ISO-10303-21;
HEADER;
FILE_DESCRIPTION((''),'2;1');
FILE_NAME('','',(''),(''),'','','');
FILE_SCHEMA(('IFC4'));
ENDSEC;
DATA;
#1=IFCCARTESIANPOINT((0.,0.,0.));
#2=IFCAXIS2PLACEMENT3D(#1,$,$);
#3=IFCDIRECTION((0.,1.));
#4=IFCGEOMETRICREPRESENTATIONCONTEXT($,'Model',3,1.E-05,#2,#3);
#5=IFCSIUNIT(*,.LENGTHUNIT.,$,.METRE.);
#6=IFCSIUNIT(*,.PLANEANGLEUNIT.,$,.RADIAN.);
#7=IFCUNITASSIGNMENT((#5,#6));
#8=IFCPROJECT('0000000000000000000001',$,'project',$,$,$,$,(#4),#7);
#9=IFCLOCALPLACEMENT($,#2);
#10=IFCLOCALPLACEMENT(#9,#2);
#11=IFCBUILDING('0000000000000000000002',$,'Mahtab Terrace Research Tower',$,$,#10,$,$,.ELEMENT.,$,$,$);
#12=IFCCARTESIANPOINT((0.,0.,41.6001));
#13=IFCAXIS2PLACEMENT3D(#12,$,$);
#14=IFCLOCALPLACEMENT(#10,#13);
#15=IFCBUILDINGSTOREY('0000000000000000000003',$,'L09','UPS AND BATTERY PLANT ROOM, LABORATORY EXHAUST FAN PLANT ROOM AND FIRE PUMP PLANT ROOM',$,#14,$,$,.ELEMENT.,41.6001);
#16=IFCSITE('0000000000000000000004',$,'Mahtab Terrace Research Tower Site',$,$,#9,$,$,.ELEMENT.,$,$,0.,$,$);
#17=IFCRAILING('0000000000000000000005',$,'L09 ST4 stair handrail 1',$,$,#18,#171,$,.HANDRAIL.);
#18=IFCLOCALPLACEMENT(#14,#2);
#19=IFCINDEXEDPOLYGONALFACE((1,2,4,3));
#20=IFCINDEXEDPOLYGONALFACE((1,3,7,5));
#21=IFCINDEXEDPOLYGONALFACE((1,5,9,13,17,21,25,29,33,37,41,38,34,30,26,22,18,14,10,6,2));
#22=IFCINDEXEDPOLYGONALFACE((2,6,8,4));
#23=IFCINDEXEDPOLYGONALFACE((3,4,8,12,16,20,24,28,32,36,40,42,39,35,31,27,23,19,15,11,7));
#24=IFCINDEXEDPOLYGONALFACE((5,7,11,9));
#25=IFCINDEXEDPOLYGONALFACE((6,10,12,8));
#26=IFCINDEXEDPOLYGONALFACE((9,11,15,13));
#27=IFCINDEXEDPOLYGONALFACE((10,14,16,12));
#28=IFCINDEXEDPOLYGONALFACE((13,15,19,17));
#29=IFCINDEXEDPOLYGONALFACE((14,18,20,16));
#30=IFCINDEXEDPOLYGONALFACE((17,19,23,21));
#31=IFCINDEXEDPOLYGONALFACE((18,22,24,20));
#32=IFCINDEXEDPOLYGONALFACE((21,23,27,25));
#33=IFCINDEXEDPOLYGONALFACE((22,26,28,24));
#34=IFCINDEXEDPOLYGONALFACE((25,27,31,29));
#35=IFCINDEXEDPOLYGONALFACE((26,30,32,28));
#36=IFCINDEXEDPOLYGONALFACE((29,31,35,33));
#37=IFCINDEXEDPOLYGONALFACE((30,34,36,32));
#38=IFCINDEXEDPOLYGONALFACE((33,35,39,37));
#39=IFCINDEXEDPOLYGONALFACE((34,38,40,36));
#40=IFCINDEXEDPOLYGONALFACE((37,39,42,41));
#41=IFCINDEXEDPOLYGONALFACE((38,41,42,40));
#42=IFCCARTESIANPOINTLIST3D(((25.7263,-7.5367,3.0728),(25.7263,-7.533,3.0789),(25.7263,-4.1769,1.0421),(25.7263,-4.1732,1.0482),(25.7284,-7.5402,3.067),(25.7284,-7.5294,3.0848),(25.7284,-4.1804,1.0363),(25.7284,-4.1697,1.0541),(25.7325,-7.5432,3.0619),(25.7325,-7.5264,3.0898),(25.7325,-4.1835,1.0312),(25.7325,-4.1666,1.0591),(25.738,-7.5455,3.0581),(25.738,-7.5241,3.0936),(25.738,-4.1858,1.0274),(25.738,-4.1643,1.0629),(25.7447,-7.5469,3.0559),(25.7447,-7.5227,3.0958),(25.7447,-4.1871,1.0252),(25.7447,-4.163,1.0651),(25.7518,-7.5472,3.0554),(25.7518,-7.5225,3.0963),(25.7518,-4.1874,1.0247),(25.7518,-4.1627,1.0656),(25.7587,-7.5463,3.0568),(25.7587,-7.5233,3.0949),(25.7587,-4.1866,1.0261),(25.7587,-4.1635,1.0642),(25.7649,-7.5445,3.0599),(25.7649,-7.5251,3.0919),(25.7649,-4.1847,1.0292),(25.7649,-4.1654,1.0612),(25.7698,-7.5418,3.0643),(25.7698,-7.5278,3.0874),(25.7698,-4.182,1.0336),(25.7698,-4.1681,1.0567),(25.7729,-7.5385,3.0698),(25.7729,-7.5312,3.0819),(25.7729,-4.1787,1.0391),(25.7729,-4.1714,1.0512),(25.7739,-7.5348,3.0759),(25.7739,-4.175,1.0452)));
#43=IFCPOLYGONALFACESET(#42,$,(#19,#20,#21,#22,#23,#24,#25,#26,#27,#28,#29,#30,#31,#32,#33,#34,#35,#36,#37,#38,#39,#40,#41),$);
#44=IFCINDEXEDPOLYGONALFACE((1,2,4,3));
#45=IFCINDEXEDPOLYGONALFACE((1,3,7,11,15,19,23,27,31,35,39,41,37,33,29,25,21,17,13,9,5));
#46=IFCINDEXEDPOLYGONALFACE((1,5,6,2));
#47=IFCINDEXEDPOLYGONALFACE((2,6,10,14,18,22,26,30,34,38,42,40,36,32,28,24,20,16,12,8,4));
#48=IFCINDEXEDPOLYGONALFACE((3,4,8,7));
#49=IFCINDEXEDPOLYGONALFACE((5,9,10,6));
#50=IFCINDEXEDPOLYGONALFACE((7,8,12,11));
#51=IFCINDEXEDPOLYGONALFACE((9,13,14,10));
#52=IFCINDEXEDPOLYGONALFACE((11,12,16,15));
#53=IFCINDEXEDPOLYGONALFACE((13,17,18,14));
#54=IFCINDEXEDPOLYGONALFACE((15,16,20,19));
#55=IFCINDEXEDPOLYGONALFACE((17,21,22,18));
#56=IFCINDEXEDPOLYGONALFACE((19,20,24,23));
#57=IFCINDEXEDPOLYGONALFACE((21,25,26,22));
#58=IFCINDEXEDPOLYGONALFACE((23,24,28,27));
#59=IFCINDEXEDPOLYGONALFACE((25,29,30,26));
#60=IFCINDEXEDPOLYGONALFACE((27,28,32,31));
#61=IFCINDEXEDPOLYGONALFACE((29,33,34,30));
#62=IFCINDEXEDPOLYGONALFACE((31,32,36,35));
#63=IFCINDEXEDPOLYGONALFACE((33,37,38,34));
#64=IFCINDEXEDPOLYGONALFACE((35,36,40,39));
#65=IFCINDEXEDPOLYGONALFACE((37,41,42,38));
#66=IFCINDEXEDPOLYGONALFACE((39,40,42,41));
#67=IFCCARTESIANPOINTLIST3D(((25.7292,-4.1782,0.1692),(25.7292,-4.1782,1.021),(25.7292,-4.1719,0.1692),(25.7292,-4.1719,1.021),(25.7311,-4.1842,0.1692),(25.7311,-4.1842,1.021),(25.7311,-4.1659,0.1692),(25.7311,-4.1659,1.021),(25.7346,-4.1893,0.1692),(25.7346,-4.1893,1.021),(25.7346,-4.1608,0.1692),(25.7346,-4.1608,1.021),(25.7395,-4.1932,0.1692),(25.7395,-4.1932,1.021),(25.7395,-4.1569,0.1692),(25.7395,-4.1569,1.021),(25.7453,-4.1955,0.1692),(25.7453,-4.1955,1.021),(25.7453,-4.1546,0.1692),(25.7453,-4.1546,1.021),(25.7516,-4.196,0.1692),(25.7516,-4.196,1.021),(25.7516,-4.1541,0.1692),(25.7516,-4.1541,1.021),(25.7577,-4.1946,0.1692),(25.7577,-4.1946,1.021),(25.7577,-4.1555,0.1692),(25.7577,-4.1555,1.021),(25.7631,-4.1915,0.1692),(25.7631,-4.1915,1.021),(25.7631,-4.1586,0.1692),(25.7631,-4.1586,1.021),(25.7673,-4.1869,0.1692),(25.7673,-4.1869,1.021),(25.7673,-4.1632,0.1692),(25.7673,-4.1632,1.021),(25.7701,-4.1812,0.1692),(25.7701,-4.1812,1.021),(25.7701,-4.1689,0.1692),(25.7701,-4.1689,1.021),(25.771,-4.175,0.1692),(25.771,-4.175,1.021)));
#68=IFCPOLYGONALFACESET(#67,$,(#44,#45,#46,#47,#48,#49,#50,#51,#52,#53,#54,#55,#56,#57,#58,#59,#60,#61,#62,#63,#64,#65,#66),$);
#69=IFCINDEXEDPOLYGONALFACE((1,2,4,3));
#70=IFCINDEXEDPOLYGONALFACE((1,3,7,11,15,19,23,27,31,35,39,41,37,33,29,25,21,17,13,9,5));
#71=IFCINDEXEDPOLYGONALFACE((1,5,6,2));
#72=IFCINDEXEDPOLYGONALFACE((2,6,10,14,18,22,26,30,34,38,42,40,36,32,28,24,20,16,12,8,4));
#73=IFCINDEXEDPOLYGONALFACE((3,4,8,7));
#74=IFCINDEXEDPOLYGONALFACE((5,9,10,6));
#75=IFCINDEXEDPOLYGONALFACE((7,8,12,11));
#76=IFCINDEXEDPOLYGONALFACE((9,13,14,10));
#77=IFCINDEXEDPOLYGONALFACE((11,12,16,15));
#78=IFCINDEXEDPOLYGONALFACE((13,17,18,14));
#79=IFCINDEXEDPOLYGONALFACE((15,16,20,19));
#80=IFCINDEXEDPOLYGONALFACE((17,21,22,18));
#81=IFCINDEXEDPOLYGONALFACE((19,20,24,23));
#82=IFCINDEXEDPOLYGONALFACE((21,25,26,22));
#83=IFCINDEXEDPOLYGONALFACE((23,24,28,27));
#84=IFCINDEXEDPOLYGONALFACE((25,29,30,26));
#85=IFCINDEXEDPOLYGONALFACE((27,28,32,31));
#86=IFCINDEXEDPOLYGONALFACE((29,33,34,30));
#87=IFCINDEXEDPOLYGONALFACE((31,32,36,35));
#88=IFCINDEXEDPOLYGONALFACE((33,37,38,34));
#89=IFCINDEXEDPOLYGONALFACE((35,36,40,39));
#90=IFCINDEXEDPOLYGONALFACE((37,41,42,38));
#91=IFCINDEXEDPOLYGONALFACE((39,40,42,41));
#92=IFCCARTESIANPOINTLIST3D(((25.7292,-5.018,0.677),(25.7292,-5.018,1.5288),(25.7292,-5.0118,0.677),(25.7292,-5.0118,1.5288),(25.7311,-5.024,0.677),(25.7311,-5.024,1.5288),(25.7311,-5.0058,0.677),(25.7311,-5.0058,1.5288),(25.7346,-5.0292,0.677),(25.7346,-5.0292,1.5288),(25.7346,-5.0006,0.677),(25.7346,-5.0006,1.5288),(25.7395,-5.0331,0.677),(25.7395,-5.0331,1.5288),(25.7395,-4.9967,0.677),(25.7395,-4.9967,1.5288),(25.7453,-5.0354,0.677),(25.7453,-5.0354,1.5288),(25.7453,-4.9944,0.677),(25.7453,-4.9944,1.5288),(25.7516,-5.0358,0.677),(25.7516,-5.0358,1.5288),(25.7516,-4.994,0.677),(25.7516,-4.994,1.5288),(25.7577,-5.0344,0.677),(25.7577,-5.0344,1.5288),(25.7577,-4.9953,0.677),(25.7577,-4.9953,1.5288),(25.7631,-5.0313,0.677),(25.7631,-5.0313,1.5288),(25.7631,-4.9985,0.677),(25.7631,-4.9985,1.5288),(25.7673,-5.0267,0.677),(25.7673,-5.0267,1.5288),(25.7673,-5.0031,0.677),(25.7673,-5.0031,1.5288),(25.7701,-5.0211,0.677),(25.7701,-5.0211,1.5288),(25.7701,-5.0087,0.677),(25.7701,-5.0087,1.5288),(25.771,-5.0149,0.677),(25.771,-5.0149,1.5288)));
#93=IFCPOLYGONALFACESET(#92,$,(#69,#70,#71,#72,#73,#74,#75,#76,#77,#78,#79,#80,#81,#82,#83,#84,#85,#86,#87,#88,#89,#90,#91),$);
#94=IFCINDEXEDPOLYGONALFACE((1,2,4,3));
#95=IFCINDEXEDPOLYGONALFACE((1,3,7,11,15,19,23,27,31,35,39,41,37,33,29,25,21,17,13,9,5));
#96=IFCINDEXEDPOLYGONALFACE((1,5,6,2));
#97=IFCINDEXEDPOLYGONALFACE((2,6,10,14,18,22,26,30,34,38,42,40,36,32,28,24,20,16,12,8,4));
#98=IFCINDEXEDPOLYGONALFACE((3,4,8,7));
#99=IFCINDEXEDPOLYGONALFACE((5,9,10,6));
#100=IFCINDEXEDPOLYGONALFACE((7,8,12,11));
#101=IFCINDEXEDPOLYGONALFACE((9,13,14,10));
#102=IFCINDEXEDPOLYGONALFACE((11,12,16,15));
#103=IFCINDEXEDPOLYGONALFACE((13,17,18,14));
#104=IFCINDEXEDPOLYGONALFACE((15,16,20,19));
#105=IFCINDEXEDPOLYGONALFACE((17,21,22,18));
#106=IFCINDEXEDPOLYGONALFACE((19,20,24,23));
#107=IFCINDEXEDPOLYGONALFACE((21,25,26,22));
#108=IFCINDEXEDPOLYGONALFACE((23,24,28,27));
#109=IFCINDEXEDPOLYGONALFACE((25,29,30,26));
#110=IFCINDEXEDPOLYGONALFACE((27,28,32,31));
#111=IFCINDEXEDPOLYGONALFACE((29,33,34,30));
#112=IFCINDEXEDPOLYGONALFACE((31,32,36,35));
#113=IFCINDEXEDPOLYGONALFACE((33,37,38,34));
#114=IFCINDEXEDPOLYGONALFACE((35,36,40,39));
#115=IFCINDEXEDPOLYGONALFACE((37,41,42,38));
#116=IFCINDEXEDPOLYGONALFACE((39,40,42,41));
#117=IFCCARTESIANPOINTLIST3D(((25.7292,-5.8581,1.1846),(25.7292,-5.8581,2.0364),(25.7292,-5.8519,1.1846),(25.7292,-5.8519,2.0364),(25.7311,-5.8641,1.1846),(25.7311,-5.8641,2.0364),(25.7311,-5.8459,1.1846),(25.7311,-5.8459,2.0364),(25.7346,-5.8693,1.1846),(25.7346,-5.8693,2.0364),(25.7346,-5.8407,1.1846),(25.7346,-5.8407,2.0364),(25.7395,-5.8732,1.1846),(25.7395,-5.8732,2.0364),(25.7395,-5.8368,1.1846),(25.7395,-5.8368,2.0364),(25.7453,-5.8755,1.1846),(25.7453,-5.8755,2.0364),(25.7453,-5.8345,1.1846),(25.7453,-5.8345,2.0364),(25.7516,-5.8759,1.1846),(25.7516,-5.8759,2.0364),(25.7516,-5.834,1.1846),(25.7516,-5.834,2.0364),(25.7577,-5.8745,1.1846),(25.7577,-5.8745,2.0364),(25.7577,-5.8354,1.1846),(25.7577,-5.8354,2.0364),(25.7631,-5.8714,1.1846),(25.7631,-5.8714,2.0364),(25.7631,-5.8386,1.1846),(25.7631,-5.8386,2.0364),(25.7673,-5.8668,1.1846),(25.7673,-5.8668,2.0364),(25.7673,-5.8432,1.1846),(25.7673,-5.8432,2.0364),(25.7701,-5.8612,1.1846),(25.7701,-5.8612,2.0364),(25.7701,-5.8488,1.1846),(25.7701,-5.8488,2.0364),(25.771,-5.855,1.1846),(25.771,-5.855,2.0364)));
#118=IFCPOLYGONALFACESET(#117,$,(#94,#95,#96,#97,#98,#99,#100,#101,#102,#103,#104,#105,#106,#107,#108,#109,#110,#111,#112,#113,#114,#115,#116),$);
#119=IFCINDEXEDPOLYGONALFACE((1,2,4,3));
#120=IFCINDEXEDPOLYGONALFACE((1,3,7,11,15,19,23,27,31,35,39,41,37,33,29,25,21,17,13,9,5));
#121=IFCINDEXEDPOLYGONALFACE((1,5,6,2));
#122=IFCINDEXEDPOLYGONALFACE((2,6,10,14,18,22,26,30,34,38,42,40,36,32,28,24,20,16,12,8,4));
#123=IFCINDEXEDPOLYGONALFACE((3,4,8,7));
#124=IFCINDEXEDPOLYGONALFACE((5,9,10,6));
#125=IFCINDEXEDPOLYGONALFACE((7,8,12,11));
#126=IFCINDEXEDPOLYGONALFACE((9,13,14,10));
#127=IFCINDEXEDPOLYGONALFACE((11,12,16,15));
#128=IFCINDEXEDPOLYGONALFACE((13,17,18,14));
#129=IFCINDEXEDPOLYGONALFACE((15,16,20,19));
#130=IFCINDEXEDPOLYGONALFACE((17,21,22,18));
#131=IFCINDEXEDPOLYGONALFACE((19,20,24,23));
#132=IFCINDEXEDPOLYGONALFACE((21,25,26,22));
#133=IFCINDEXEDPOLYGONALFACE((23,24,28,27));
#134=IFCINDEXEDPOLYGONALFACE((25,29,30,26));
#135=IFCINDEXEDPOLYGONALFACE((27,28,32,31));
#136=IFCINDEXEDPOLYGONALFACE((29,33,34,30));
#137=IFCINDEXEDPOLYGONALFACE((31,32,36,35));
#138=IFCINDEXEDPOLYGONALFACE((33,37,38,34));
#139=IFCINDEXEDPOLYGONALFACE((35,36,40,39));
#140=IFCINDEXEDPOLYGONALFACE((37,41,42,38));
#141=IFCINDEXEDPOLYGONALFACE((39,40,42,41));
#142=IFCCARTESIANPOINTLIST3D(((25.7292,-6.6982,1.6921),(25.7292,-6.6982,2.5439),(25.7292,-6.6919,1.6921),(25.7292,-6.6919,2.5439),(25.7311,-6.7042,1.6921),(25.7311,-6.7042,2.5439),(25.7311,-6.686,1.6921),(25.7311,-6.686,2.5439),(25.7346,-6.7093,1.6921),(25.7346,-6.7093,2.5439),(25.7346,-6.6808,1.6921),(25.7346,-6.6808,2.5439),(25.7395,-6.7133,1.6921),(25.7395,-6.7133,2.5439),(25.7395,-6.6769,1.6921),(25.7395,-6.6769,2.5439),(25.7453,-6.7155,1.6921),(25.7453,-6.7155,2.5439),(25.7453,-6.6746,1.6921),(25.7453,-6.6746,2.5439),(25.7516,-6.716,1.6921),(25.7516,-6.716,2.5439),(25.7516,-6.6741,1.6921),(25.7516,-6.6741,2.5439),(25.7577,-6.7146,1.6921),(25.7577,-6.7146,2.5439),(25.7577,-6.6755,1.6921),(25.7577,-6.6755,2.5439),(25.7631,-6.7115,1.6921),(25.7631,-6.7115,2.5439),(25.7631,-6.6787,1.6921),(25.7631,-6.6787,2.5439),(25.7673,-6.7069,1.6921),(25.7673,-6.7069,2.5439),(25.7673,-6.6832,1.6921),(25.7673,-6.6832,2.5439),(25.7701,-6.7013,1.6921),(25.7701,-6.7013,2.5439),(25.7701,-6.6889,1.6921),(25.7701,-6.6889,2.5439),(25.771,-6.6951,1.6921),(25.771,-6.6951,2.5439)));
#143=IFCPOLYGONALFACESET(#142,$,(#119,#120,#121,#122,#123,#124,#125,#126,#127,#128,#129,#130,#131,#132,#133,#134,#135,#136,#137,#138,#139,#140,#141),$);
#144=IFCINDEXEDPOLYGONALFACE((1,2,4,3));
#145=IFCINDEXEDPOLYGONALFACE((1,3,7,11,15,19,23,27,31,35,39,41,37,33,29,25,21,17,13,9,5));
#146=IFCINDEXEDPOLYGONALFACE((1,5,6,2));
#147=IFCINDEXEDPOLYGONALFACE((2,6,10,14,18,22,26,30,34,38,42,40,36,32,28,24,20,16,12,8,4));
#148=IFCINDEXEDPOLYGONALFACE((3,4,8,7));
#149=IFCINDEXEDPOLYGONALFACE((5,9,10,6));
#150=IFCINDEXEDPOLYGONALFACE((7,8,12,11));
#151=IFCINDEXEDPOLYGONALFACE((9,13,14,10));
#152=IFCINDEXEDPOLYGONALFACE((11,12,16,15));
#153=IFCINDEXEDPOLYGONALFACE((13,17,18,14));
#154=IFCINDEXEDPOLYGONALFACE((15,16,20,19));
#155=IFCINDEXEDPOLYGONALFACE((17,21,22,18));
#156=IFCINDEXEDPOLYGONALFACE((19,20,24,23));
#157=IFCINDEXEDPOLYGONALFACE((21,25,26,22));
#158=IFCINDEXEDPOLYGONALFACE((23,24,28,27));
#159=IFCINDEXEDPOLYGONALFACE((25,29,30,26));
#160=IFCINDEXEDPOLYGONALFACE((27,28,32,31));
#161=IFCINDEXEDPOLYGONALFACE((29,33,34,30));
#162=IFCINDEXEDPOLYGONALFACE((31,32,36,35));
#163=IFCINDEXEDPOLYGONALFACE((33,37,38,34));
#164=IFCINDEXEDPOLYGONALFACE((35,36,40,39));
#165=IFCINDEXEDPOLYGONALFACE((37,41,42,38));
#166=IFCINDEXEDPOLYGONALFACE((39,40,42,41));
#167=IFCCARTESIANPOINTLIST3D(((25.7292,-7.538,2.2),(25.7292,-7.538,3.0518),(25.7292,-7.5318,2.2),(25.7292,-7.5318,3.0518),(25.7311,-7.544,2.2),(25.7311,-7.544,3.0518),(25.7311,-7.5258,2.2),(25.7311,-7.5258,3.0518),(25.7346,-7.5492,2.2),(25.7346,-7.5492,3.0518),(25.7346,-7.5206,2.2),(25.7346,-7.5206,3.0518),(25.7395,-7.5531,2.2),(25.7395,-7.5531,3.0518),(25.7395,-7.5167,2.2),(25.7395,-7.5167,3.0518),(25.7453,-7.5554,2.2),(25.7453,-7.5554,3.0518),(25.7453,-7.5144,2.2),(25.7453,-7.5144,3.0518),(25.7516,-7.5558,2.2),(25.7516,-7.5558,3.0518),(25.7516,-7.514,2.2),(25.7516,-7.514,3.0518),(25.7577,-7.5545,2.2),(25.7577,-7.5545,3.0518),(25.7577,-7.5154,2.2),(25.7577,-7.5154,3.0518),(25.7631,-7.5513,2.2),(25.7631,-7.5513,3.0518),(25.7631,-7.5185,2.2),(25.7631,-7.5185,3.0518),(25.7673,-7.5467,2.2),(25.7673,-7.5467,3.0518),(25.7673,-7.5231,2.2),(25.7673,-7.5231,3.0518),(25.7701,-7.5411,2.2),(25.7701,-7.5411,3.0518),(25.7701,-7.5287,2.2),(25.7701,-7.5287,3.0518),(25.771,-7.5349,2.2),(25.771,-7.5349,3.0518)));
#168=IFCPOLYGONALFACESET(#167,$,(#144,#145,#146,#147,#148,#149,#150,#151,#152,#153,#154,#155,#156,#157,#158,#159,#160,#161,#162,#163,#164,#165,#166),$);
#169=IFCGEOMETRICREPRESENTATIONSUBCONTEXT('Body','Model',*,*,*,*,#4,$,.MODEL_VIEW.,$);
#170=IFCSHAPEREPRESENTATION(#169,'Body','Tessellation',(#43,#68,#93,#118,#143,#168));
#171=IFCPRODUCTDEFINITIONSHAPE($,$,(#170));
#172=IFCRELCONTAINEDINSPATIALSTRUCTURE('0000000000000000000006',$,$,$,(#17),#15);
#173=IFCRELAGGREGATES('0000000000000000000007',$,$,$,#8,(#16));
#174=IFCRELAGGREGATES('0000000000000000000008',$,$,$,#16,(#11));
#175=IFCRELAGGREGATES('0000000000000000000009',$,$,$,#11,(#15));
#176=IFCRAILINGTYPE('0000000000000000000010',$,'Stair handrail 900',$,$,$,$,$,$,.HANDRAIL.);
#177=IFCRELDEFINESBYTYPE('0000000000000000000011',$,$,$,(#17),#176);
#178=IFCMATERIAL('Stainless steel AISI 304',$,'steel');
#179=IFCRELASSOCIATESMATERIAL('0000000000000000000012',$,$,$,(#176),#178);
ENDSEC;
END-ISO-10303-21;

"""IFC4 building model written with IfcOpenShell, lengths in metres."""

from ifc_helpers import new_model, si_unit, direction, frame, origin, origin_2d, place, context, subcontext, project, spatial, circle, extrude, material, type_object, element, save


model = new_model("IFC4")

# Units and contexts
model_context = context("Model", 3, precision=1e-05, world=origin(), true_north=direction((0.0, 1.0)))
body_context = subcontext(model_context, "Body", "Model", "MODEL_VIEW")
ifc_project = project(units=[si_unit("LENGTHUNIT", "METRE"), si_unit("PLANEANGLEUNIT", "RADIAN")], contexts=[model_context])

# Site, building, storey
site_placement = place(None, origin())
site = spatial("IfcSite", under=ifc_project, at=site_placement, Name="Mahtab Terrace Research Tower Site", CompositionType="ELEMENT", RefElevation=0.0)
building_placement = place(site_placement, origin())
building = spatial("IfcBuilding", under=site, at=building_placement, Name="Mahtab Terrace Research Tower", CompositionType="ELEMENT")
storey_placement = place(building_placement, frame((0.0, 0.0, 41.6001)))
storey = spatial("IfcBuildingStorey", under=building, at=storey_placement, Name="L09", Description="UPS AND BATTERY PLANT ROOM, LABORATORY EXHAUST FAN PLANT ROOM AND FIRE PUMP PLANT ROOM", CompositionType="ELEMENT", Elevation=41.6001)

# Railing
ifc_material_1 = material(Name="Stainless steel AISI 304", Category="steel")
railing_type_1 = type_object("IfcRailingType", Name="Stair handrail 900", PredefinedType="HANDRAIL", material=ifc_material_1)
railing_1_placement = place(storey_placement, frame((25.75, -4.175, 0.1692)))
element("IfcRailing", 1, at=railing_1_placement, inside=storey, type_object=railing_type_1, Name="L09 ST4 stair handrail 1", PredefinedType="HANDRAIL", context=body_context, shape_type="SweptSolid", body=[
    extrude(circle(Radius=0.0239, at=origin_2d()), frame((0.0, 0.0, 0.876), z_axis=(0.0, -0.85582, 0.517273), x_axis=(1.0, 0.0, 0.0)), (0.0, 0.0, 1.0), 3.9258),
    extrude(circle(Radius=0.021, at=origin_2d()), origin(), (0.0, 0.0, 1.0), 0.8518),
    extrude(circle(Radius=0.021, at=origin_2d()), frame((0.0, -0.8398, 0.5078)), (0.0, 0.0, 1.0), 0.8518),
    extrude(circle(Radius=0.021, at=origin_2d()), frame((0.0, -1.6799, 1.0154)), (0.0, 0.0, 1.0), 0.8518),
    extrude(circle(Radius=0.021, at=origin_2d()), frame((0.0, -2.52, 1.5229)), (0.0, 0.0, 1.0), 0.8518),
    extrude(circle(Radius=0.021, at=origin_2d()), frame((0.0, -3.3599, 2.0308)), (0.0, 0.0, 1.0), 0.8518),
])

save(model, "model.ifc")
